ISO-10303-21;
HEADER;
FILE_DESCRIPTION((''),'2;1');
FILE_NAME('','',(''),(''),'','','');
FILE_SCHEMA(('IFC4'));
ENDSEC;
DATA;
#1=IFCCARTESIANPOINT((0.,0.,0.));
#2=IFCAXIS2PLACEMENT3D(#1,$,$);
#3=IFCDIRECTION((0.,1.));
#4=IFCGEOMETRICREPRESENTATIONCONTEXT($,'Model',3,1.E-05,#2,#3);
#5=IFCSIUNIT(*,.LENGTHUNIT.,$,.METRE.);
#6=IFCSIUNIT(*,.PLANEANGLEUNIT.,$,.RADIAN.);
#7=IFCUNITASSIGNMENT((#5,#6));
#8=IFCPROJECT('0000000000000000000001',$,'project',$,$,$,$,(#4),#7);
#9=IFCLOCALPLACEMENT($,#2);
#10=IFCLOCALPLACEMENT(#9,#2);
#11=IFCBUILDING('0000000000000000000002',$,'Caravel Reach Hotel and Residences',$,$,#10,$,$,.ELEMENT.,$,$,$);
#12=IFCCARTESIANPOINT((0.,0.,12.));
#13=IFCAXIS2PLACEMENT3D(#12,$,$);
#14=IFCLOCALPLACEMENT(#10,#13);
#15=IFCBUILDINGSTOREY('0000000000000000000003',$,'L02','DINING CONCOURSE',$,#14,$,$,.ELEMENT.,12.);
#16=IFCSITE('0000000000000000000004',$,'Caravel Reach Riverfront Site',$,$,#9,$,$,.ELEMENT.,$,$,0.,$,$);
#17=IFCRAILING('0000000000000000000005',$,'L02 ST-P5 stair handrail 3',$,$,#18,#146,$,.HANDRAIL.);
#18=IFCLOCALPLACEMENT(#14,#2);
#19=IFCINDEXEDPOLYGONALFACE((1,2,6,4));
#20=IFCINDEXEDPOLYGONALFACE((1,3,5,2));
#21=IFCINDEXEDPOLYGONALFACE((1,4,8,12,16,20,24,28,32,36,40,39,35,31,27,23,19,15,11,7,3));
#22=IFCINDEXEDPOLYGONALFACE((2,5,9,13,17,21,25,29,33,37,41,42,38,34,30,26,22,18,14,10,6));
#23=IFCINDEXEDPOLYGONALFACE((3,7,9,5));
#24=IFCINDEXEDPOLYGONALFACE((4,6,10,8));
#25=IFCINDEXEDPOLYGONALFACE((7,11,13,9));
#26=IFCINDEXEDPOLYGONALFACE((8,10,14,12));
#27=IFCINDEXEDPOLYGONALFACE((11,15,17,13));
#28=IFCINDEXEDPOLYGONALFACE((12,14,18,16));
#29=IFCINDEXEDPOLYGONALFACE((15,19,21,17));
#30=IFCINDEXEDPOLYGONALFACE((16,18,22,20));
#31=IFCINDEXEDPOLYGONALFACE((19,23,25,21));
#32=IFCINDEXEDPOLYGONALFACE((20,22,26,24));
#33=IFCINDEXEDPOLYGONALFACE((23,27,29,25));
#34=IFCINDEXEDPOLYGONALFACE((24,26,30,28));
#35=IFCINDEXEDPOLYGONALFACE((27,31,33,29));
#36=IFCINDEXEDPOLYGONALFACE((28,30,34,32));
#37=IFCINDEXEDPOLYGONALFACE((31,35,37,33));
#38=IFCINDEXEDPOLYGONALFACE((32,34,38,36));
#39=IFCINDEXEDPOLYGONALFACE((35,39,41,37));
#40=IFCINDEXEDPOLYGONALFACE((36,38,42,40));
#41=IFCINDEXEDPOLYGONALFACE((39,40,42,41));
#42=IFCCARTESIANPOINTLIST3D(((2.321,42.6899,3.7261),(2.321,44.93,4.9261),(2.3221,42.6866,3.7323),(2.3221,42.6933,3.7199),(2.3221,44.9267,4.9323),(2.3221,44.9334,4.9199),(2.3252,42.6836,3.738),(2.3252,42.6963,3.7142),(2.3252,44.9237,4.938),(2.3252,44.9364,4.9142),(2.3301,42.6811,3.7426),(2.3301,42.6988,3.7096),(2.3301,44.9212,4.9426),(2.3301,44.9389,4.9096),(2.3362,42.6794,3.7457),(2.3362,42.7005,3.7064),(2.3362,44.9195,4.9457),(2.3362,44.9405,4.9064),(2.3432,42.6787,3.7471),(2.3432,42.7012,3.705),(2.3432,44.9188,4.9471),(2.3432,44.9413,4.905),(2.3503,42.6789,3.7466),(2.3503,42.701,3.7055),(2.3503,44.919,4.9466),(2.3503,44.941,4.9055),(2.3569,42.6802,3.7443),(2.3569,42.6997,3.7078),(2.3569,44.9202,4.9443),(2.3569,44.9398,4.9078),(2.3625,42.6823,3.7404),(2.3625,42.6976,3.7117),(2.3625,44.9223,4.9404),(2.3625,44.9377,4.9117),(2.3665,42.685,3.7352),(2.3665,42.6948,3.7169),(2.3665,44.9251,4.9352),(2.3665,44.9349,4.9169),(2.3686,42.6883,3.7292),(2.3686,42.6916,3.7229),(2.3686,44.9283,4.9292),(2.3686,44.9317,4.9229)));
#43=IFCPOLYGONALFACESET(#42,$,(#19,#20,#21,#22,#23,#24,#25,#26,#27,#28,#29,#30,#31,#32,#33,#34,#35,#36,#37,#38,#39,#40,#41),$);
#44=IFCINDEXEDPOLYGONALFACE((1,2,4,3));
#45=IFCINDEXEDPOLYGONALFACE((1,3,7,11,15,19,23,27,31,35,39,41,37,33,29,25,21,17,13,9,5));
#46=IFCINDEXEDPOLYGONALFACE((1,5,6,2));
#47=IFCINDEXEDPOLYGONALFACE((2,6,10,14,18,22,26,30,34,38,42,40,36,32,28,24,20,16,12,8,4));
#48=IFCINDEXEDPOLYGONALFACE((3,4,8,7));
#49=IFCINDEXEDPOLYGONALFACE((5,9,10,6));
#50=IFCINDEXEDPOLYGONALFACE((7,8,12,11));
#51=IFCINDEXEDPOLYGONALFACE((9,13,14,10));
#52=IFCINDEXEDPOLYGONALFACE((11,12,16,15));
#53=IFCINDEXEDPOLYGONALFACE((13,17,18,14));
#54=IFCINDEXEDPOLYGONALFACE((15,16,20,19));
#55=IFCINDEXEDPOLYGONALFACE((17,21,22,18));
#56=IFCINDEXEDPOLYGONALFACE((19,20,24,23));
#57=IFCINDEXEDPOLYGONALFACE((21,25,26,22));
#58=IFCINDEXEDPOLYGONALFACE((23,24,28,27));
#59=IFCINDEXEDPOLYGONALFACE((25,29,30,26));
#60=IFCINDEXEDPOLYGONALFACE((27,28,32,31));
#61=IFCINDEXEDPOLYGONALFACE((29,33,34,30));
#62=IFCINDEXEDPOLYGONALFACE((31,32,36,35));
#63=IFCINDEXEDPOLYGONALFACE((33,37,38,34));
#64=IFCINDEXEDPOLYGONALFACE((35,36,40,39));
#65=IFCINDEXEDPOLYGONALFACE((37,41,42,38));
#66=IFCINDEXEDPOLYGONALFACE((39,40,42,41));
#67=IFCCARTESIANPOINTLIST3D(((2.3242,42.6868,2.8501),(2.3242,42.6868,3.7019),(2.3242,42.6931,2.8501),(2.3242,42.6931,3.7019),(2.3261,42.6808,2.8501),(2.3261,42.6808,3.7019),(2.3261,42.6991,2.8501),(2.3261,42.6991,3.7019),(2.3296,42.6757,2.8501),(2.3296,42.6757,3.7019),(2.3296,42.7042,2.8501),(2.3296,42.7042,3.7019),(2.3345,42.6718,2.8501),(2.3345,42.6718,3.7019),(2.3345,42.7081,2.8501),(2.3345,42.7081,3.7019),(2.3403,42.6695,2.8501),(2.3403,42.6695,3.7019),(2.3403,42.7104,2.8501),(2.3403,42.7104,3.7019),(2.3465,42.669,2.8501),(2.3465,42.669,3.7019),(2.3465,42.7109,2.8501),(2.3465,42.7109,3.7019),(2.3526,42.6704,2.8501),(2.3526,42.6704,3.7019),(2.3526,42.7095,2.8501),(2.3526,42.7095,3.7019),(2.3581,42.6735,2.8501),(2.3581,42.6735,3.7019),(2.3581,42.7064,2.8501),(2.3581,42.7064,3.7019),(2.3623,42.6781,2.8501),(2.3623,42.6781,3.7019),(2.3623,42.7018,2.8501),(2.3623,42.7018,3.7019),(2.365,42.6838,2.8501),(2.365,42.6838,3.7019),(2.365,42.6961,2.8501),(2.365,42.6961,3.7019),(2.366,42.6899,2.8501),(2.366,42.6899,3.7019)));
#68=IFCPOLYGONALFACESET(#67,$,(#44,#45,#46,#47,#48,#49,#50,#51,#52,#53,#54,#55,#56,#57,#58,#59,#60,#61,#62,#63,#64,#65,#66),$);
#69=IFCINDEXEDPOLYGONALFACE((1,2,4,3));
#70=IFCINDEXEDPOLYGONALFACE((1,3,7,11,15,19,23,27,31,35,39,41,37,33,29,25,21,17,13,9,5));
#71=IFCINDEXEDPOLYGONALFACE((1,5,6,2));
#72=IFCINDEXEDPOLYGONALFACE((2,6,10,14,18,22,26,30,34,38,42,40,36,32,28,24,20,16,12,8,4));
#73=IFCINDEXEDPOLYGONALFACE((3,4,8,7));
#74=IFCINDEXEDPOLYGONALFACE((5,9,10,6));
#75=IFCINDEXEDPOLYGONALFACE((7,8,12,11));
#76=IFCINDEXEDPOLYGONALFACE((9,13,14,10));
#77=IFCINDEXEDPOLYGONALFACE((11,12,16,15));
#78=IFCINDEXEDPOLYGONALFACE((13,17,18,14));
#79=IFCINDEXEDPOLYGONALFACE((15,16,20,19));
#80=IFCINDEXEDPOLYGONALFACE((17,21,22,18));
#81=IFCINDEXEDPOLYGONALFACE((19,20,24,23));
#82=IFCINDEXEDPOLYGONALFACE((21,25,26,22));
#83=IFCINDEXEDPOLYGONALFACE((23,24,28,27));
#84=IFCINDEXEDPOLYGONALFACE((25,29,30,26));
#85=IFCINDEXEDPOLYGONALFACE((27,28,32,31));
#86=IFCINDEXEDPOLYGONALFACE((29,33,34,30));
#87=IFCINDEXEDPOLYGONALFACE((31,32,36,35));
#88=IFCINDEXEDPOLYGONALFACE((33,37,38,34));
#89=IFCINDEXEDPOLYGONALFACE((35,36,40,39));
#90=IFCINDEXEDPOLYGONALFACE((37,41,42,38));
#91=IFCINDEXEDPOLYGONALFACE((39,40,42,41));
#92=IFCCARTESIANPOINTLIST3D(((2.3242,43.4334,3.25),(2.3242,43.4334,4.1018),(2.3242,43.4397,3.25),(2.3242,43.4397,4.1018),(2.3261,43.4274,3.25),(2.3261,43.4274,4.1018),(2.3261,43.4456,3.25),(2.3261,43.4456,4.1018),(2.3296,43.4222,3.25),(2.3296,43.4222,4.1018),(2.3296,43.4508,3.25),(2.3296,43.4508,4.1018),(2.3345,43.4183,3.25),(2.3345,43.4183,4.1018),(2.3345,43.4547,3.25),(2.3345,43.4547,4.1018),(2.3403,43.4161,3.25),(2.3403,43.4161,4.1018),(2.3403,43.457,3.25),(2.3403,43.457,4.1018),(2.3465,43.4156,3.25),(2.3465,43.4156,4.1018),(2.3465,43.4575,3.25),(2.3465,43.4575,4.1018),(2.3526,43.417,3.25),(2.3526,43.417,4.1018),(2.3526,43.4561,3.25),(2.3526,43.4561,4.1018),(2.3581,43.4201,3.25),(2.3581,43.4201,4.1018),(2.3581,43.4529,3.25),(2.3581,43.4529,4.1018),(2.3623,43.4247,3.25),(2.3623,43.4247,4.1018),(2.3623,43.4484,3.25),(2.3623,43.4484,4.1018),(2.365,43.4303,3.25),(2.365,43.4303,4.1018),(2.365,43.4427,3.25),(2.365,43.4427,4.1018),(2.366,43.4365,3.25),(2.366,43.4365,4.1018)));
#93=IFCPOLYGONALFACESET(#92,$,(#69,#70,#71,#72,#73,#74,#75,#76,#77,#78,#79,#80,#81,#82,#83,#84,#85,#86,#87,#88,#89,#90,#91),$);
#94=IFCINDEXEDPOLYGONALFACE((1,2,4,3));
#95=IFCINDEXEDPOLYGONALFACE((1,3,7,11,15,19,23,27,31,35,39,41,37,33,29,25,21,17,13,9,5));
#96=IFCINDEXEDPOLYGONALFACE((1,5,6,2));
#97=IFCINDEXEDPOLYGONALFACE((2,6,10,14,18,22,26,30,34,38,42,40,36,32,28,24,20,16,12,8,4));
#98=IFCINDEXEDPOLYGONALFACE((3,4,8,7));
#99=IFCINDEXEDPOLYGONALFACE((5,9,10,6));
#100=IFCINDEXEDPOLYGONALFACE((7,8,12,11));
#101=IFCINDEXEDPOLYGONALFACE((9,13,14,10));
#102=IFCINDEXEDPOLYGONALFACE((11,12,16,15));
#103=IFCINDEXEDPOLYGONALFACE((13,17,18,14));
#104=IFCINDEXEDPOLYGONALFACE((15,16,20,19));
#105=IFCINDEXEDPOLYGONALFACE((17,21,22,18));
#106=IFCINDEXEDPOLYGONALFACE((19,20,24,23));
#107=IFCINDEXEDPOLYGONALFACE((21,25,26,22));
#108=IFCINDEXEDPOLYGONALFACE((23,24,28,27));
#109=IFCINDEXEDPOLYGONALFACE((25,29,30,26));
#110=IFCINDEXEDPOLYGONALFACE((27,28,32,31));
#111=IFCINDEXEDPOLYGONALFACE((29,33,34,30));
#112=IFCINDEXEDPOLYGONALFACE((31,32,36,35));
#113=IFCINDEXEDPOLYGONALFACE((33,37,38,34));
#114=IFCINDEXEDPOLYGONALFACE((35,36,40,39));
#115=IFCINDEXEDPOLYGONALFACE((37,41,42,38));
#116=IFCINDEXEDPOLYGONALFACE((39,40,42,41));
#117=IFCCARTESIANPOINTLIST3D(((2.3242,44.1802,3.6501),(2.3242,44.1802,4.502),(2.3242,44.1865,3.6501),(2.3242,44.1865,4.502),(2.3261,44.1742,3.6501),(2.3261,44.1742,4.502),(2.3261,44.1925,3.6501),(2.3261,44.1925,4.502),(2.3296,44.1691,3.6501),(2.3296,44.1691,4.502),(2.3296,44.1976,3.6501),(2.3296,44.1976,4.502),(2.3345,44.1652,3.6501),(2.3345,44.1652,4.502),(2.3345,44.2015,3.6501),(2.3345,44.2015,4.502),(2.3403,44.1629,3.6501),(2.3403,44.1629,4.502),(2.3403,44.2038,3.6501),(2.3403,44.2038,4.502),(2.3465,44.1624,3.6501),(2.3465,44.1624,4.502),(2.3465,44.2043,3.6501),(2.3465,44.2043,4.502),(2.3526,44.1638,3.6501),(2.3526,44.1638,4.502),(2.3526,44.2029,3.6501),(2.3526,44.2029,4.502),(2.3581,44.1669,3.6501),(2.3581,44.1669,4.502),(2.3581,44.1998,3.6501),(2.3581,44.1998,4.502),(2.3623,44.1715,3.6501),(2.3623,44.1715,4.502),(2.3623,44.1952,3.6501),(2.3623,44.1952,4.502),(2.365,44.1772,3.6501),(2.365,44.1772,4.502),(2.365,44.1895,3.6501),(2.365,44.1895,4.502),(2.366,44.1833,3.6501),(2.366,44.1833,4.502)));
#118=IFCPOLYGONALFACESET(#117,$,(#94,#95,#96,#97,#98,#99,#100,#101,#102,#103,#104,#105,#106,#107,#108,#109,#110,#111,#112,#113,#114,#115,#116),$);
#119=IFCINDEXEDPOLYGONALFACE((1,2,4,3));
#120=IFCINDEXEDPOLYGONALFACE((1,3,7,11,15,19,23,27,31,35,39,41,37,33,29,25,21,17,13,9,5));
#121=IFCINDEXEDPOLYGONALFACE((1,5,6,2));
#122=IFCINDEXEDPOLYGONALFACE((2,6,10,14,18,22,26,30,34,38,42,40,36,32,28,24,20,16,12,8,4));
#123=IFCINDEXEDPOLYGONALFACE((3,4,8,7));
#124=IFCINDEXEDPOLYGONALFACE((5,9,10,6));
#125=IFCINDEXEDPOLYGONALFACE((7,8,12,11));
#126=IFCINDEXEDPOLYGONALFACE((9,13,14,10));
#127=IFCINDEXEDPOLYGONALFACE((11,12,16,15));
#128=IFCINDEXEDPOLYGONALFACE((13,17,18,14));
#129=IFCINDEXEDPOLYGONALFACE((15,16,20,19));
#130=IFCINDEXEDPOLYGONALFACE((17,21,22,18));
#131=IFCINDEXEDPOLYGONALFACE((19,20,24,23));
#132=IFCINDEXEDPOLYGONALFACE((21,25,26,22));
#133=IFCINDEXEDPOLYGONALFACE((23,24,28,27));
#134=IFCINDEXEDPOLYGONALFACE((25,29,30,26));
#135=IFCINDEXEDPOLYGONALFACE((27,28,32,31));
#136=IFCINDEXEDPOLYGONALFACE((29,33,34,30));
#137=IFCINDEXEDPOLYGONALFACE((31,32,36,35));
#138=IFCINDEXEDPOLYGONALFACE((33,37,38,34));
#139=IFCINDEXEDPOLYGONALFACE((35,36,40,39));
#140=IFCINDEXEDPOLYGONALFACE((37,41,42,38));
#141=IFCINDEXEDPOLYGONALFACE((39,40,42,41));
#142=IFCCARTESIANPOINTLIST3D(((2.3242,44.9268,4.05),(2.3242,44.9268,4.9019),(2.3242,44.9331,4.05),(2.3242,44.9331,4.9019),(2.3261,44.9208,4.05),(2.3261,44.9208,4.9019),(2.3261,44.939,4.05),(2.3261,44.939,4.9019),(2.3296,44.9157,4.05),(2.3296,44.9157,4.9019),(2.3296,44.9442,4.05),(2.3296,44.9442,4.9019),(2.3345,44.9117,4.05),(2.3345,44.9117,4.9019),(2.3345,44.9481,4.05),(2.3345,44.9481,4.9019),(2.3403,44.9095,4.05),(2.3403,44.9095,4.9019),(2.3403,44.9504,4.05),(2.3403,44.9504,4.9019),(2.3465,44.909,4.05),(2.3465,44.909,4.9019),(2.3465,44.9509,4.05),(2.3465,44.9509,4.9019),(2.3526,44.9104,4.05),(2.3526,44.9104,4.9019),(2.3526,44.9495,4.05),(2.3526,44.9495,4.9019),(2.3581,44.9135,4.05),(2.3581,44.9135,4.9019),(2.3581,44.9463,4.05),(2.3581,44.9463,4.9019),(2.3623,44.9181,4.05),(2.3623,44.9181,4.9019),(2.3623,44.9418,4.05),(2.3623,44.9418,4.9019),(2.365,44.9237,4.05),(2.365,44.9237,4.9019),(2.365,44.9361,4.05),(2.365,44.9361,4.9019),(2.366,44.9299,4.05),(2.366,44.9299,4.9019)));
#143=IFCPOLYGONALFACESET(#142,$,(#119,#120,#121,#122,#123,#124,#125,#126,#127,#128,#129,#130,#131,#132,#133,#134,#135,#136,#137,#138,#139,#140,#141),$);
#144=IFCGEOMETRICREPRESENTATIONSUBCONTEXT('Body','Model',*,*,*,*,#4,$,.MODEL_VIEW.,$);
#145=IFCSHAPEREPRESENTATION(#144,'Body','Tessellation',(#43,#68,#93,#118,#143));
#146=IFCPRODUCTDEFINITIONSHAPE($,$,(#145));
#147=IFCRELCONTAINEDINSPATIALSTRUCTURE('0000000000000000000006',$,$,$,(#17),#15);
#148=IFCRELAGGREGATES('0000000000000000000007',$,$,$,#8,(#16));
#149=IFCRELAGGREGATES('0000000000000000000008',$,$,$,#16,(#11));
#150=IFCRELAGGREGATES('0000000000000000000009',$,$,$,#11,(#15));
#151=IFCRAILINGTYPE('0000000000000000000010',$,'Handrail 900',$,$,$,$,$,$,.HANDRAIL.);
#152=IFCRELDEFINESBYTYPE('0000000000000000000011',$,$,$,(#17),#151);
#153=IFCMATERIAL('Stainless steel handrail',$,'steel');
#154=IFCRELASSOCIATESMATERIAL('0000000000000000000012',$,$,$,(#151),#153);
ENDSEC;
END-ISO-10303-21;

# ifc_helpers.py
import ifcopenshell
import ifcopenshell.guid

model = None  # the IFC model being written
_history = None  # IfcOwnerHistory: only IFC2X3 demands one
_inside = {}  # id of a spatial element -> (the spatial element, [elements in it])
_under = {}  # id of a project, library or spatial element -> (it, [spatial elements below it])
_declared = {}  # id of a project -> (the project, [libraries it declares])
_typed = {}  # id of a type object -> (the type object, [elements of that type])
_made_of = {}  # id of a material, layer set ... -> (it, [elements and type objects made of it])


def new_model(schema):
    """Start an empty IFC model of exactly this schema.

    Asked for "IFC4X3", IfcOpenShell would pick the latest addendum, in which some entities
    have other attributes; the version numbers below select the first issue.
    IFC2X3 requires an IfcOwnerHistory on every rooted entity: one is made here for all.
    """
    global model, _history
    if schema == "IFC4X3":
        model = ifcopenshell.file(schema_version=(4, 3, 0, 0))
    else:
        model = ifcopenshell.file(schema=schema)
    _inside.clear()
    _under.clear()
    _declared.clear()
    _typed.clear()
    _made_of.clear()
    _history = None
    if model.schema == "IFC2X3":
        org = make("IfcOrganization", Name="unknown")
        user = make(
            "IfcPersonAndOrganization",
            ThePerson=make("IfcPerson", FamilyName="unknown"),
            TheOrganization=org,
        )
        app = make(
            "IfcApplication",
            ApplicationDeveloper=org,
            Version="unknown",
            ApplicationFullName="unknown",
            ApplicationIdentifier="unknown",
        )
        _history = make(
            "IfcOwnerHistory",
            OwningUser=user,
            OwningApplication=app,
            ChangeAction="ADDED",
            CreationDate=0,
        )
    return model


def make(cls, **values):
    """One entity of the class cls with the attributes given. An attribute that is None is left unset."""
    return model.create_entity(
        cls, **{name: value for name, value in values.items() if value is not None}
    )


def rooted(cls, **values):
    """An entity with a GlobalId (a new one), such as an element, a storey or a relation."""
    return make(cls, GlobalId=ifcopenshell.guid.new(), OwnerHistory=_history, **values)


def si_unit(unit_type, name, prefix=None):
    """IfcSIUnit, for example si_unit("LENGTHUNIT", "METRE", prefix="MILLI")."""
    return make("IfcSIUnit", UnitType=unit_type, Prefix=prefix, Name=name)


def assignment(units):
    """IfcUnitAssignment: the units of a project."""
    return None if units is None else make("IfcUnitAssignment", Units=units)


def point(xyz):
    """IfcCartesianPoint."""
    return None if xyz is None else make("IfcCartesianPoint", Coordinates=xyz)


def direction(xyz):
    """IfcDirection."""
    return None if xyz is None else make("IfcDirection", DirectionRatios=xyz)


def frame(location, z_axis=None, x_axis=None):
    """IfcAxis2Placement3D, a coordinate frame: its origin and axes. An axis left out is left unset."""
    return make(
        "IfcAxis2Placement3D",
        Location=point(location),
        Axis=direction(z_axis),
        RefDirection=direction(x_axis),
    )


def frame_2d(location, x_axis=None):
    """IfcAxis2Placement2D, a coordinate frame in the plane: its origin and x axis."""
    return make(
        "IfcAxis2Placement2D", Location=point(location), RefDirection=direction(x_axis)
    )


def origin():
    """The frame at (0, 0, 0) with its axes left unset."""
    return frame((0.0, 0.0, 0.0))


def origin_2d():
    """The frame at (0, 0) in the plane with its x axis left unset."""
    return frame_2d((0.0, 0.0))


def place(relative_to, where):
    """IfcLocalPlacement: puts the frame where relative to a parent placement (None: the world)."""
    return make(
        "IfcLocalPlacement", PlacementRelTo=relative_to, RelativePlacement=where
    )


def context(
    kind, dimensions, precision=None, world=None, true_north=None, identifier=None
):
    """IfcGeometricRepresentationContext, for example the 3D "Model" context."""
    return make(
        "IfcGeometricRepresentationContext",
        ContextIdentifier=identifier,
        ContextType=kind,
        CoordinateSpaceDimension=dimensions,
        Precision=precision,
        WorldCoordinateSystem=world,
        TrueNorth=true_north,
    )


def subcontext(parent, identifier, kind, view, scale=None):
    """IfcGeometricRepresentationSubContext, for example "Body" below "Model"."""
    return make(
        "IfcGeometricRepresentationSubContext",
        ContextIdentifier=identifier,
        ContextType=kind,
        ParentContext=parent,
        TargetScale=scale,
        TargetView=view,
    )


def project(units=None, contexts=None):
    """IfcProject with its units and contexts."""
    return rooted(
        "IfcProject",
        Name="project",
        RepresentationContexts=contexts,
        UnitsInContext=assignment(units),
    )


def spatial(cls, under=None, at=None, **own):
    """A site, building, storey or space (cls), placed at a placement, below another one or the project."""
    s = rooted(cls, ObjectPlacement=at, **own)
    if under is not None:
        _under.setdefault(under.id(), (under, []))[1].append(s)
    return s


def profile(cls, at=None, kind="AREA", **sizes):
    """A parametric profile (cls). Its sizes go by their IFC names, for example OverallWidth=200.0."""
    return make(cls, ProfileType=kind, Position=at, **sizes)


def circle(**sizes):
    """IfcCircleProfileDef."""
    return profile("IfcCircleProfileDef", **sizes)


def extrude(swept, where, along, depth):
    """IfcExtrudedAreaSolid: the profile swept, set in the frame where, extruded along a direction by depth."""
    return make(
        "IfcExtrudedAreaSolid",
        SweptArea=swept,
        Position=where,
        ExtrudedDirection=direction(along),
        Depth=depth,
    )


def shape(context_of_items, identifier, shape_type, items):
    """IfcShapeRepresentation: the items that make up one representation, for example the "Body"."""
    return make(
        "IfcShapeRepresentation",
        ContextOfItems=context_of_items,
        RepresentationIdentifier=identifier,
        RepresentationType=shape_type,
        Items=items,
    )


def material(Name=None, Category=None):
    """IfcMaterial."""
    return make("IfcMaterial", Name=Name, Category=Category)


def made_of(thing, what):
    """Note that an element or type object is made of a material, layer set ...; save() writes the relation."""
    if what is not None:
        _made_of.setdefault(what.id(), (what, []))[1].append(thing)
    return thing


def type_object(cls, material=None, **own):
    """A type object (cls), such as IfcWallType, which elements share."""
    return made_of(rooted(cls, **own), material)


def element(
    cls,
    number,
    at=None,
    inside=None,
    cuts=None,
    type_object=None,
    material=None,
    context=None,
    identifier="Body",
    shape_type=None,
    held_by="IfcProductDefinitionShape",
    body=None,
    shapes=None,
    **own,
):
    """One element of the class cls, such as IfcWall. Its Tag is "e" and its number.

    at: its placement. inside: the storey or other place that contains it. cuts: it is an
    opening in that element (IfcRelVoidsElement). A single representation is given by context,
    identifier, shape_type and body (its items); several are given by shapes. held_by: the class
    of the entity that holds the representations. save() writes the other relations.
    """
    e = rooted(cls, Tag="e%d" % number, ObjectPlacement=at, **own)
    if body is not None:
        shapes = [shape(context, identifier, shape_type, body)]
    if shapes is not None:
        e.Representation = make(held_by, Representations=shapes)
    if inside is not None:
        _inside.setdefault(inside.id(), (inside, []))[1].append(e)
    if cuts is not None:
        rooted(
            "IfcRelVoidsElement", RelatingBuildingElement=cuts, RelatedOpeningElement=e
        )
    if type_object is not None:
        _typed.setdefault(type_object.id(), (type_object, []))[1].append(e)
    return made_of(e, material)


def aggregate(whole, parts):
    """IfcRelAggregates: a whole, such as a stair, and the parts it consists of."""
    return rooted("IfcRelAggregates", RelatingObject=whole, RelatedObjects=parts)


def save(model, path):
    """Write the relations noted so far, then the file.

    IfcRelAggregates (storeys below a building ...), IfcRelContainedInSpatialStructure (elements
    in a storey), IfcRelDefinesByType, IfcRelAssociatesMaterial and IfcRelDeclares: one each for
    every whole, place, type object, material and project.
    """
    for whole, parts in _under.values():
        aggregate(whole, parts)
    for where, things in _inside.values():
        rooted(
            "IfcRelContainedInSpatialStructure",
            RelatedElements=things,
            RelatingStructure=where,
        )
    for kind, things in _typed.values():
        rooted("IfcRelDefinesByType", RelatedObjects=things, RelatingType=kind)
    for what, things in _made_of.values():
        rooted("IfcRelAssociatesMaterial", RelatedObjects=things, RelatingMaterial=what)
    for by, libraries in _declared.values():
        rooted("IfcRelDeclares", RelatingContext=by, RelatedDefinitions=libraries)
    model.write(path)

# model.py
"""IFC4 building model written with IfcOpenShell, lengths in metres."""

from ifc_helpers import new_model, si_unit, direction, frame, origin, origin_2d, place, context, subcontext, project, spatial, circle, extrude, material, type_object, element, save


model = new_model("IFC4")

# Units and contexts
model_context = context("Model", 3, precision=1e-05, world=origin(), true_north=direction((0.0, 1.0)))
body_context = subcontext(model_context, "Body", "Model", "MODEL_VIEW")
ifc_project = project(units=[si_unit("LENGTHUNIT", "METRE"), si_unit("PLANEANGLEUNIT", "RADIAN")], contexts=[model_context])

# Site, building, storey
site_placement = place(None, origin())
site = spatial("IfcSite", under=ifc_project, at=site_placement, Name="Caravel Reach Riverfront Site", CompositionType="ELEMENT", RefElevation=0.0)
building_placement = place(site_placement, origin())
building = spatial("IfcBuilding", under=site, at=building_placement, Name="Caravel Reach Hotel and Residences", CompositionType="ELEMENT")
storey_placement = place(building_placement, frame((0.0, 0.0, 12.0)))
storey = spatial("IfcBuildingStorey", under=building, at=storey_placement, Name="L02", Description="DINING CONCOURSE", CompositionType="ELEMENT", Elevation=12.0)

# Railing
ifc_material_1 = material(Name="Stainless steel handrail", Category="steel")
railing_type_1 = type_object("IfcRailingType", Name="Handrail 900", PredefinedType="HANDRAIL", material=ifc_material_1)
railing_1_placement = place(storey_placement, frame((2.345, 42.6899, 2.8501)))
element("IfcRailing", 1, at=railing_1_placement, inside=storey, type_object=railing_type_1, Name="L02 ST-P5 stair handrail 3", PredefinedType="HANDRAIL", context=body_context, shape_type="SweptSolid", body=[
    extrude(circle(Radius=0.0239, at=origin_2d()), frame((0.0, 0.0, 0.876), z_axis=(0.0, 0.881487, 0.472208), x_axis=(-1.0, 0.0, 0.0)), (0.0, 0.0, 1.0), 2.5413),
    extrude(circle(Radius=0.021, at=origin_2d()), origin(), (0.0, 0.0, 1.0), 0.8518),
    extrude(circle(Radius=0.021, at=origin_2d()), frame((0.0, 0.7466, 0.3999)), (0.0, 0.0, 1.0), 0.8518),
    extrude(circle(Radius=0.021, at=origin_2d()), frame((0.0, 1.4934, 0.8)), (0.0, 0.0, 1.0), 0.8518),
    extrude(circle(Radius=0.021, at=origin_2d()), frame((0.0, 2.24, 1.2)), (0.0, 0.0, 1.0), 0.8518),
])

save(model, "model.ifc")
